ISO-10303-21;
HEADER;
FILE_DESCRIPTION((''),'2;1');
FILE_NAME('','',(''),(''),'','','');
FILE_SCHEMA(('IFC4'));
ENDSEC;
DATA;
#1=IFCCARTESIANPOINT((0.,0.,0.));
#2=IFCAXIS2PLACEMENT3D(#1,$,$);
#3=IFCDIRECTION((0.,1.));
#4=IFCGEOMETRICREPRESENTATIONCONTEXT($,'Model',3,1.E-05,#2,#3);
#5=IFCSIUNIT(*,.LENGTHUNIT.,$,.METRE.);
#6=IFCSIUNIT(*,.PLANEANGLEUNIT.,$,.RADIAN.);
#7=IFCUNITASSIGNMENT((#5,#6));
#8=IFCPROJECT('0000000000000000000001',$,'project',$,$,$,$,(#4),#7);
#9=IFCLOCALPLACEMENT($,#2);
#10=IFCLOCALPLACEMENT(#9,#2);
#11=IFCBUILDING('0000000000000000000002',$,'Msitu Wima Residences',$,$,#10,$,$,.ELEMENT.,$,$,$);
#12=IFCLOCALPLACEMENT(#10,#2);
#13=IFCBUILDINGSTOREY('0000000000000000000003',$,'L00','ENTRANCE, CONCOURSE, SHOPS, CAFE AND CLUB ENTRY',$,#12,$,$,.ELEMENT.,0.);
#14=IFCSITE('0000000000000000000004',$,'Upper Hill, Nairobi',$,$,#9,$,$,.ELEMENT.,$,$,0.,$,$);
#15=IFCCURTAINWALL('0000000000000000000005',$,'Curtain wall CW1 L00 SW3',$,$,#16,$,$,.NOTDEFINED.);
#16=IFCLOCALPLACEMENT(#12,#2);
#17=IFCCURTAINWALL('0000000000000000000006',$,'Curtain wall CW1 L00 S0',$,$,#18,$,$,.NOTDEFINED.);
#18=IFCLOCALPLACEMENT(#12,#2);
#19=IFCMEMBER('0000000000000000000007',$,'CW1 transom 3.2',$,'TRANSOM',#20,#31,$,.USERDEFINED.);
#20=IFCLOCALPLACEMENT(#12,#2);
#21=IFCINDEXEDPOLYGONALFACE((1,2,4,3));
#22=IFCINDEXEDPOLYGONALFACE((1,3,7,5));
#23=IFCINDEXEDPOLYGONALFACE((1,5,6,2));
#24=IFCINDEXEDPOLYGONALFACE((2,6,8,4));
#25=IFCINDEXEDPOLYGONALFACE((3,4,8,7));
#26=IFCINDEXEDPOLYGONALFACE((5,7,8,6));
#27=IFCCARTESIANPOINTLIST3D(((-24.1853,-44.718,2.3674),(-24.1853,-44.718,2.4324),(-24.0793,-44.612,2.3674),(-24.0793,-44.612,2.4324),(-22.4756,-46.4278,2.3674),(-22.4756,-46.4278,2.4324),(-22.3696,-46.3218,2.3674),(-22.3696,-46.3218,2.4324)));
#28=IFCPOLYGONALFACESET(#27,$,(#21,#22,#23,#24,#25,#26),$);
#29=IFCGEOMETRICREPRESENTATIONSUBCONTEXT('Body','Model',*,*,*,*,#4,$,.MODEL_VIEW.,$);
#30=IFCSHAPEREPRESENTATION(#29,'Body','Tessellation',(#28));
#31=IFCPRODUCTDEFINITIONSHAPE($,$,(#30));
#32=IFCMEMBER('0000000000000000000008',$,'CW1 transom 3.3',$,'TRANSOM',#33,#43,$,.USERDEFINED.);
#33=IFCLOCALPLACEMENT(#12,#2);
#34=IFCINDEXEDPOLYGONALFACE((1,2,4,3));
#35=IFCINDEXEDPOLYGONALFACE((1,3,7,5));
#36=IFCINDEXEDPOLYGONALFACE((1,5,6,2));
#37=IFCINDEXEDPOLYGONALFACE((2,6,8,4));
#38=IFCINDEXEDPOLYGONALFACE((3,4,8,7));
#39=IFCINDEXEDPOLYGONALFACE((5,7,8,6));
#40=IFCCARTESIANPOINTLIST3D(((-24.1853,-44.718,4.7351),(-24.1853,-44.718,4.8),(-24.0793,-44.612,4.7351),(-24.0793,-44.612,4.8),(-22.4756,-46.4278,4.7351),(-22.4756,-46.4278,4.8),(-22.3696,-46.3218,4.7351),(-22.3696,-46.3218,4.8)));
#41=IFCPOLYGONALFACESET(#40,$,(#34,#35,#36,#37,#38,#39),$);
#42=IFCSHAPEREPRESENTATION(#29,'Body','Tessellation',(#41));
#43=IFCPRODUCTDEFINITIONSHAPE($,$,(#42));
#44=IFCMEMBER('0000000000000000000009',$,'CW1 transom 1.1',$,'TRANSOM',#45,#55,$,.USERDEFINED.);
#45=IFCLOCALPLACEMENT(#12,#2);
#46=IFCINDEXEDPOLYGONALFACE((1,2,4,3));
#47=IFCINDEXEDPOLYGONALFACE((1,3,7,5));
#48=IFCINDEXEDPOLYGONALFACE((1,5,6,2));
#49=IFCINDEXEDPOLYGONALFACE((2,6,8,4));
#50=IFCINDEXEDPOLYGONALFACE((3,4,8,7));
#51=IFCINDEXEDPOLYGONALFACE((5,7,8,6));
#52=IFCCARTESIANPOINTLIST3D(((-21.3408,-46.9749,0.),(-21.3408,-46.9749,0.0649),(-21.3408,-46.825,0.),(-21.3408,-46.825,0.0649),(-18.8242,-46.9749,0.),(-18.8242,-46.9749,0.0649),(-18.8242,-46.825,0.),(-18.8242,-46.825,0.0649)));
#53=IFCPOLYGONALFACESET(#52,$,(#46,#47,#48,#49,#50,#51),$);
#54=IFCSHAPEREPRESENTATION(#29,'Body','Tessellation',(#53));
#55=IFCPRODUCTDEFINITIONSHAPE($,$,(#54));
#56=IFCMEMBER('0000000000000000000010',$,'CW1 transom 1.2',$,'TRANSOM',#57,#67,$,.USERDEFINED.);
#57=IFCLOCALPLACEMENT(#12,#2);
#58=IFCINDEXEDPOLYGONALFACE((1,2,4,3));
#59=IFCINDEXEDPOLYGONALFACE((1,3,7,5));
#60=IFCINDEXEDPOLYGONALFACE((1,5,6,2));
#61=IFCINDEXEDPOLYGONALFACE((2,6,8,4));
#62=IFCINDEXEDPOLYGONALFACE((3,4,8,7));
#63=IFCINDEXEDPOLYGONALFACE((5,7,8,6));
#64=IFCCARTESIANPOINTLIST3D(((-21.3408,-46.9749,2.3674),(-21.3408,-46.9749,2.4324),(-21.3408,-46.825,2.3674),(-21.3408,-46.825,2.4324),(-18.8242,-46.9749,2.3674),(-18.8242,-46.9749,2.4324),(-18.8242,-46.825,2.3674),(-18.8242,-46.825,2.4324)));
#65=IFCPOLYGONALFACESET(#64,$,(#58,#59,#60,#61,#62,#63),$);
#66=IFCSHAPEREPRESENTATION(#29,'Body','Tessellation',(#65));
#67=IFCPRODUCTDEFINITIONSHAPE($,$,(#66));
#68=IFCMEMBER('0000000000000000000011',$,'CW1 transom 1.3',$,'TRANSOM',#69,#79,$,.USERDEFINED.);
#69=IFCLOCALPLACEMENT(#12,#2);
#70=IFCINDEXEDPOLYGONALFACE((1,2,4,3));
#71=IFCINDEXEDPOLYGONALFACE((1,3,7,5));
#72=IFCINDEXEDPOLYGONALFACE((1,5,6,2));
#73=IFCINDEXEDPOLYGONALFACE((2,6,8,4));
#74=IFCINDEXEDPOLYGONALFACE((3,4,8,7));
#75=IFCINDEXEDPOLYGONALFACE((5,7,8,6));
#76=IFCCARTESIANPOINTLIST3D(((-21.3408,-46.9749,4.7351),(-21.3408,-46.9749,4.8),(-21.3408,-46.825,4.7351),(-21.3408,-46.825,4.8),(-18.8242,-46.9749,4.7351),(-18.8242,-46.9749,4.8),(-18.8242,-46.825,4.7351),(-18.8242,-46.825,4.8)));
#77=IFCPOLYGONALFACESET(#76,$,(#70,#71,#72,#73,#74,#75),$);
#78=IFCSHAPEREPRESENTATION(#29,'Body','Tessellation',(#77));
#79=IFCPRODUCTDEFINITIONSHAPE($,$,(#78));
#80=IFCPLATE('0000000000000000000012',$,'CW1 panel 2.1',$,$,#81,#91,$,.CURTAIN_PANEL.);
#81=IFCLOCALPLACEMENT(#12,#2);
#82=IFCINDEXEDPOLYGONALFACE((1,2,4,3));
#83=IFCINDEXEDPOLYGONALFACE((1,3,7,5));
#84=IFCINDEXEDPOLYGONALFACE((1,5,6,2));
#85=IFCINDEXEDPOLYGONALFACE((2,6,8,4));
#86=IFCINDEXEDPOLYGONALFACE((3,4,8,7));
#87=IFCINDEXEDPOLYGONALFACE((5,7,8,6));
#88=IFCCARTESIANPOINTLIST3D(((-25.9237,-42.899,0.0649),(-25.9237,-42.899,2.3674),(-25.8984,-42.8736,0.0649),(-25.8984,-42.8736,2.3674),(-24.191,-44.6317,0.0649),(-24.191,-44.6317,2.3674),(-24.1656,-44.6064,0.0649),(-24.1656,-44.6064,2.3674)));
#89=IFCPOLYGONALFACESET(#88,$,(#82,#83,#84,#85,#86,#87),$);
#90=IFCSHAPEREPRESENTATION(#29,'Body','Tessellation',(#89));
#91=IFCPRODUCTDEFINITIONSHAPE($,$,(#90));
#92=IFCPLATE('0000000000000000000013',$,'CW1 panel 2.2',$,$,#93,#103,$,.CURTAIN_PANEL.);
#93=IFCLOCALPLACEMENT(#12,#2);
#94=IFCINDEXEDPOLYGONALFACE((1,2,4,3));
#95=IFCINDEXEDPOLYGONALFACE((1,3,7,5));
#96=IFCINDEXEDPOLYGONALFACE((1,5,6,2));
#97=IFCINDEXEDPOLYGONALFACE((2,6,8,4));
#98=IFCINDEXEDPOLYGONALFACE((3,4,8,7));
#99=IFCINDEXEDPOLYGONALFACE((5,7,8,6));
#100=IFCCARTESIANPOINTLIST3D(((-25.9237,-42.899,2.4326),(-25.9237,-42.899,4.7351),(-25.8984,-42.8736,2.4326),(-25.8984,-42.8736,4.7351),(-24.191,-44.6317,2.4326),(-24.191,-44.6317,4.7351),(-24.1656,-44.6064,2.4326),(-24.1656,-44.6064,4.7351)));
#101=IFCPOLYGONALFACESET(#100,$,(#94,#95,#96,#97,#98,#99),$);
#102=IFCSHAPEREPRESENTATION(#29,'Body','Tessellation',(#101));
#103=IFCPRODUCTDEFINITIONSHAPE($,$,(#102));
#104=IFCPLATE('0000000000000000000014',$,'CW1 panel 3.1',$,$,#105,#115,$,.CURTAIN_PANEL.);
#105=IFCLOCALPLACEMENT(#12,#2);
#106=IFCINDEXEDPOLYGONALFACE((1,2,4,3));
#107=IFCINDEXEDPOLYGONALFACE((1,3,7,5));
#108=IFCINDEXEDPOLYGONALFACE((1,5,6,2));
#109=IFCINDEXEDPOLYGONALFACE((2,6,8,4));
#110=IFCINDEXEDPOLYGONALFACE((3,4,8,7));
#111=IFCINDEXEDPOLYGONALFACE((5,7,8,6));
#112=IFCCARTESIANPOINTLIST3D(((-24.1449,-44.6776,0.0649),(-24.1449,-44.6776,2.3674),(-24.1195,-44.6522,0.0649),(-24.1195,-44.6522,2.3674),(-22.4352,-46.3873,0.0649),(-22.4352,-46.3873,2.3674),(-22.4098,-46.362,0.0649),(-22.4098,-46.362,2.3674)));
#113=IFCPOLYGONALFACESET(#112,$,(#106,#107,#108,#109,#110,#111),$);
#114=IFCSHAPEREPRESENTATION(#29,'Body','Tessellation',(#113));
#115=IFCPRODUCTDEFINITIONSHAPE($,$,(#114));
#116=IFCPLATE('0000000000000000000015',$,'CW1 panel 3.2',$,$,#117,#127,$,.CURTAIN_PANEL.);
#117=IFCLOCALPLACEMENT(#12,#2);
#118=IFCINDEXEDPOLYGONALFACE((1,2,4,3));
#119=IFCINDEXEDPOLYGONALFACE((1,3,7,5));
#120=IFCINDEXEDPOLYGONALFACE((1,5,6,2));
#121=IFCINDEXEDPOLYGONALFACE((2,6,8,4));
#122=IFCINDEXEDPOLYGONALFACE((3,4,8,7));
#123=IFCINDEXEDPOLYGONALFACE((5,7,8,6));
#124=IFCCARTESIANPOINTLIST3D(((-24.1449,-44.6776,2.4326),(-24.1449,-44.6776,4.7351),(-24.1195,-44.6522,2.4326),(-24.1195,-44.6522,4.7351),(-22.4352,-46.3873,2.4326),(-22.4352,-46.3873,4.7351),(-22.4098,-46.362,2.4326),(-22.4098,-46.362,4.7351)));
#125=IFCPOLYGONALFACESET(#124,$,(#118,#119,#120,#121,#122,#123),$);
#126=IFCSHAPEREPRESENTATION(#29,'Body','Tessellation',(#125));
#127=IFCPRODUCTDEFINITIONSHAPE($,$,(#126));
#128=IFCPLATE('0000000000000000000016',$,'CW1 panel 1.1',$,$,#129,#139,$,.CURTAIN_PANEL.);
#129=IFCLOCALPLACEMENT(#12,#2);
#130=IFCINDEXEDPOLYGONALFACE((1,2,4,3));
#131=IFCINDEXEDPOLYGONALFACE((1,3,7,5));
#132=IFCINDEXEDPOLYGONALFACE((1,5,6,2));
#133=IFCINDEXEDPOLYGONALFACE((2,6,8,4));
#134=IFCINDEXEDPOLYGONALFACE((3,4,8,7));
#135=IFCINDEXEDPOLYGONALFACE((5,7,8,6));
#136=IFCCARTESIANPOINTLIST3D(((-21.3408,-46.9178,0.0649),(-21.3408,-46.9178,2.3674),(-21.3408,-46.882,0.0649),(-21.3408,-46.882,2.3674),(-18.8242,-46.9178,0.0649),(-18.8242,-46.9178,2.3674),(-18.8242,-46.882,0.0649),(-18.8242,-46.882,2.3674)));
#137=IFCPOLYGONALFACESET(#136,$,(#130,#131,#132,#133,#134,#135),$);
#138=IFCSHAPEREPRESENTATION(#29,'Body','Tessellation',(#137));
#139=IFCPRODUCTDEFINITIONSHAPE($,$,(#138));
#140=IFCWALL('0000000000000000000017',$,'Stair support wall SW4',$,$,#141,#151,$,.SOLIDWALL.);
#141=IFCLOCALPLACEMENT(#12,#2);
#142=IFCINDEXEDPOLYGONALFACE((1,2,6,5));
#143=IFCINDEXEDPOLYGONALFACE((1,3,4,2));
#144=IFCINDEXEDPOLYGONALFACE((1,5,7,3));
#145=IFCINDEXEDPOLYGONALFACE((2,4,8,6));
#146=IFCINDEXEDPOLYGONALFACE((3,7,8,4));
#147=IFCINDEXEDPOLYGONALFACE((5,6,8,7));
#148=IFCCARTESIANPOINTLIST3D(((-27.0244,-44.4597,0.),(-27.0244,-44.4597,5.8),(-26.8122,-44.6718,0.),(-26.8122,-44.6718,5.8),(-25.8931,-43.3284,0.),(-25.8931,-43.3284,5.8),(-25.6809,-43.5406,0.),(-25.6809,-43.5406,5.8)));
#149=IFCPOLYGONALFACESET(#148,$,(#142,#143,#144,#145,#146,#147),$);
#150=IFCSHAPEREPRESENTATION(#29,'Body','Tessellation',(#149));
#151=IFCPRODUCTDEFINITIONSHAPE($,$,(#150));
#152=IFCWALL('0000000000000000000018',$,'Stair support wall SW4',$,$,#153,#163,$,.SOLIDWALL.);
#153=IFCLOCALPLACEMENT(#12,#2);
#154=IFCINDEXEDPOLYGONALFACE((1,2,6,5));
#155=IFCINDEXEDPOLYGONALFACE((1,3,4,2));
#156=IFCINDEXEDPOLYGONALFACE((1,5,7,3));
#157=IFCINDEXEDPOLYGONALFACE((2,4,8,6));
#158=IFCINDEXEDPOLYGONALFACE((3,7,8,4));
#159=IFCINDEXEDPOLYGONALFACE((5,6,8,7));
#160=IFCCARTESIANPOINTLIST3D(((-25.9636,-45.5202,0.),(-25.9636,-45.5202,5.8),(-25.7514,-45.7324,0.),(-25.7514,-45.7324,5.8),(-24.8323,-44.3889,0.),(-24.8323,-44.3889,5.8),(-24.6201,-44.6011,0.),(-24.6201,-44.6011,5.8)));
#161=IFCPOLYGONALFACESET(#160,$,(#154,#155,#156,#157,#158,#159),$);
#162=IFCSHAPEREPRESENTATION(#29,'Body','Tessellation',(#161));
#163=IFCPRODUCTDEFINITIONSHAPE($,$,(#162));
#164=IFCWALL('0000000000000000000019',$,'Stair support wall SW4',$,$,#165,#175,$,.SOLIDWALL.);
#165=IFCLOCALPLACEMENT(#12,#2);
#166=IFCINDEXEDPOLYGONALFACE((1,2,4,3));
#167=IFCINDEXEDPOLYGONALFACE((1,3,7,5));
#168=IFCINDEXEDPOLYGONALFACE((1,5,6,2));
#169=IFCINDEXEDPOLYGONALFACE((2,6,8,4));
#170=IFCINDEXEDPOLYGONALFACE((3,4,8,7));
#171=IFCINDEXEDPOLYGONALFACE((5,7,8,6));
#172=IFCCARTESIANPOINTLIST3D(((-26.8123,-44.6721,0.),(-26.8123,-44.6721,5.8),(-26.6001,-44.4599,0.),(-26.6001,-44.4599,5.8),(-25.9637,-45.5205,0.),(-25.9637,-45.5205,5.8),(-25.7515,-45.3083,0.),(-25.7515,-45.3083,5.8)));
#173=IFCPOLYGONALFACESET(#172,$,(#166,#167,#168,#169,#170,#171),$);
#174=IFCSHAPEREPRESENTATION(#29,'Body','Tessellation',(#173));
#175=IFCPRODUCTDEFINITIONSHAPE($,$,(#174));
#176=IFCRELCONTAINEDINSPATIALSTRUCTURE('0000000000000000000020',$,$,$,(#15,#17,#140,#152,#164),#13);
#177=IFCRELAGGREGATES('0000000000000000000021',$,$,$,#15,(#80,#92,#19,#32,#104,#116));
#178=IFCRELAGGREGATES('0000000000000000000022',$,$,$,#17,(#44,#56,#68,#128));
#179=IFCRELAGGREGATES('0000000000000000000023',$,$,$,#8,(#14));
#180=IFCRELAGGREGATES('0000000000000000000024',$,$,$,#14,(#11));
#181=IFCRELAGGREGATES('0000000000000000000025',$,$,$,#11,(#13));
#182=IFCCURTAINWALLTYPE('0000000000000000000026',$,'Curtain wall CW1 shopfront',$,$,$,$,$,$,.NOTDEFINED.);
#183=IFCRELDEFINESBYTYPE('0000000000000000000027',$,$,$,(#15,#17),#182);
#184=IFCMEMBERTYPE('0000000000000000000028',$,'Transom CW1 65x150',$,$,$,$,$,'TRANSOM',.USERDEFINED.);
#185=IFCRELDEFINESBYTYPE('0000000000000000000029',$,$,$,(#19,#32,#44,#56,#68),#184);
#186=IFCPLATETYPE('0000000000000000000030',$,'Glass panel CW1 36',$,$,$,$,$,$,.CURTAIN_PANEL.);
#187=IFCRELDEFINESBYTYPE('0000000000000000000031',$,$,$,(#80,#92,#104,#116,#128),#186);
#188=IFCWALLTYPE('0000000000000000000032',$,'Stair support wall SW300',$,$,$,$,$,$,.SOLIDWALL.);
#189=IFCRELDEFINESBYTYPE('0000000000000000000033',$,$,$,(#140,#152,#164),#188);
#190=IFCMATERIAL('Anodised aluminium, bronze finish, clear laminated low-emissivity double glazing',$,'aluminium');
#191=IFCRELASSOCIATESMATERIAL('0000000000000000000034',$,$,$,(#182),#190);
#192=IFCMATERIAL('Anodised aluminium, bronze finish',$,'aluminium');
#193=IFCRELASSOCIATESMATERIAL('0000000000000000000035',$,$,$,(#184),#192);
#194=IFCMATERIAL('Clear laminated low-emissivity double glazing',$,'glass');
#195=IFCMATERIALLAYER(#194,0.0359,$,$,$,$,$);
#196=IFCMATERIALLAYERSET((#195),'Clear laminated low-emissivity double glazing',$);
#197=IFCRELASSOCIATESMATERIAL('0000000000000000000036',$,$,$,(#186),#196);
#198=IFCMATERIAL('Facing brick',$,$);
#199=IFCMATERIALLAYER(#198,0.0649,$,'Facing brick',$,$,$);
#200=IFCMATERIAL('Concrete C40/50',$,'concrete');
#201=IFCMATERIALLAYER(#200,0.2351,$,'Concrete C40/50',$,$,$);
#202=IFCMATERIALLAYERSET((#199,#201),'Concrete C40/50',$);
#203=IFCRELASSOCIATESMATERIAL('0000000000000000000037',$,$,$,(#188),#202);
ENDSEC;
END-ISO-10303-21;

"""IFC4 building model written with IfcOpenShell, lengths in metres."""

from ifc_helpers import new_model, si_unit, direction, frame, frame_2d, origin, origin_2d, place, context, subcontext, project, spatial, rectangle, extrude, material, layer, layer_set, material_profile, profile_set, type_object, element, aggregate, save


model = new_model("IFC4")

# Units and contexts
model_context = context("Model", 3, precision=1e-05, world=origin(), true_north=direction((0.0, 1.0)))
body_context = subcontext(model_context, "Body", "Model", "MODEL_VIEW")
ifc_project = project(units=[si_unit("LENGTHUNIT", "METRE"), si_unit("PLANEANGLEUNIT", "RADIAN")], contexts=[model_context])

# Site, building, storey
site_placement = place(None, origin())
site = spatial("IfcSite", under=ifc_project, at=site_placement, Name="Upper Hill, Nairobi", CompositionType="ELEMENT", RefElevation=0.0)
building_placement = place(site_placement, origin())
building = spatial("IfcBuilding", under=site, at=building_placement, Name="Msitu Wima Residences", CompositionType="ELEMENT")
storey_placement = place(building_placement, origin())
storey = spatial("IfcBuildingStorey", under=building, at=storey_placement, Name="L00", Description="ENTRANCE, CONCOURSE, SHOPS, CAFE AND CLUB ENTRY", CompositionType="ELEMENT", Elevation=0.0)

# Curtain wall
ifc_material_1 = material(Name="Anodised aluminium, bronze finish, clear laminated low-emissivity double glazing", Category="aluminium")
curtain_wall_type = type_object("IfcCurtainWallType", Name="Curtain wall CW1 shopfront", PredefinedType="NOTDEFINED", material=ifc_material_1)
curtain_wall_1_placement = place(storey_placement, origin())
curtain_wall_1 = element("IfcCurtainWall", 1, at=curtain_wall_1_placement, inside=storey, type_object=curtain_wall_type, Name="Curtain wall CW1 L00 SW3", PredefinedType="NOTDEFINED")
ifc_material_2 = material(Name="Anodised aluminium, bronze finish", Category="aluminium")

# Curtain wall
curtain_wall_2_placement = place(storey_placement, origin())
curtain_wall_2 = element("IfcCurtainWall", 2, at=curtain_wall_2_placement, inside=storey, type_object=curtain_wall_type, Name="Curtain wall CW1 L00 S0", PredefinedType="NOTDEFINED")

# Members
ifc_material_profile_1 = material_profile(ifc_material_2, rectangle(XDim=0.1499, YDim=0.0649, at=origin_2d()), Name="Transom 65x150")
ifc_profile_set_1 = profile_set([ifc_material_profile_1], Name="Anodised aluminium, bronze finish")
member_type_1 = type_object("IfcMemberType", Name="Transom CW1 65x150", ElementType="TRANSOM", PredefinedType="USERDEFINED", material=ifc_profile_set_1)
member_1_placement = place(storey_placement, frame((-24.1323, -44.665, 2.3999), z_axis=(0.707107, -0.707107, 0.0), x_axis=(0.707107, 0.707107, 0.0)))
member_1 = element("IfcMember", 3, at=member_1_placement, type_object=member_type_1, Name="CW1 transom 3.2", ObjectType="TRANSOM", PredefinedType="USERDEFINED", context=body_context, shape_type="SweptSolid", body=[
    extrude(rectangle(XDim=0.1499, YDim=0.0649, at=origin_2d()), origin(), (0.0, 0.0, 1.0), 2.418),
])
member_2_placement = place(storey_placement, frame((-24.1323, -44.665, 4.7676), z_axis=(0.707107, -0.707107, 0.0), x_axis=(0.707107, 0.707107, 0.0)))
member_2 = element("IfcMember", 4, at=member_2_placement, type_object=member_type_1, Name="CW1 transom 3.3", ObjectType="TRANSOM", PredefinedType="USERDEFINED", context=body_context, shape_type="SweptSolid", body=[
    extrude(rectangle(XDim=0.1499, YDim=0.0649, at=origin_2d()), origin(), (0.0, 0.0, 1.0), 2.418),
])
member_3_placement = place(storey_placement, frame((-21.3408, -46.8999, 0.0325), z_axis=(1.0, 0.0, 0.0), x_axis=(0.0, 1.0, 0.0)))
member_3 = element("IfcMember", 5, at=member_3_placement, type_object=member_type_1, Name="CW1 transom 1.1", ObjectType="TRANSOM", PredefinedType="USERDEFINED", context=body_context, shape_type="SweptSolid", body=[
    extrude(rectangle(XDim=0.1499, YDim=0.0649, at=origin_2d()), origin(), (0.0, 0.0, 1.0), 2.5166),
])
member_4_placement = place(storey_placement, frame((-21.3408, -46.8999, 2.3999), z_axis=(1.0, 0.0, 0.0), x_axis=(0.0, 1.0, 0.0)))
member_4 = element("IfcMember", 6, at=member_4_placement, type_object=member_type_1, Name="CW1 transom 1.2", ObjectType="TRANSOM", PredefinedType="USERDEFINED", context=body_context, shape_type="SweptSolid", body=[
    extrude(rectangle(XDim=0.1499, YDim=0.0649, at=origin_2d()), origin(), (0.0, 0.0, 1.0), 2.5166),
])
member_5_placement = place(storey_placement, frame((-21.3408, -46.8999, 4.7676), z_axis=(1.0, 0.0, 0.0), x_axis=(0.0, 1.0, 0.0)))
member_5 = element("IfcMember", 7, at=member_5_placement, type_object=member_type_1, Name="CW1 transom 1.3", ObjectType="TRANSOM", PredefinedType="USERDEFINED", context=body_context, shape_type="SweptSolid", body=[
    extrude(rectangle(XDim=0.1499, YDim=0.0649, at=origin_2d()), origin(), (0.0, 0.0, 1.0), 2.5166),
])

# Plates
ifc_material_3 = material(Name="Clear laminated low-emissivity double glazing", Category="glass")
ifc_layer_1 = layer(ifc_material_3, 0.0359)
ifc_layer_set_1 = layer_set([ifc_layer_1], Name="Clear laminated low-emissivity double glazing")
plate_type = type_object("IfcPlateType", Name="Glass panel CW1 36", PredefinedType="CURTAIN_PANEL", material=ifc_layer_set_1)
plate_1_placement = place(storey_placement, frame((-25.0447, -43.7527, 0.0649), z_axis=(0.0, 0.0, 1.0), x_axis=(0.707107, -0.707107, 0.0)))
plate_1 = element("IfcPlate", 8, at=plate_1_placement, type_object=plate_type, Name="CW1 panel 2.1", PredefinedType="CURTAIN_PANEL", context=body_context, shape_type="SweptSolid", body=[
    extrude(rectangle(XDim=2.4504, YDim=0.0359, at=origin_2d()), origin(), (0.0, 0.0, 1.0), 2.3025),
])
plate_2_placement = place(storey_placement, frame((-25.0447, -43.7527, 2.4326), z_axis=(0.0, 0.0, 1.0), x_axis=(0.707107, -0.707107, 0.0)))
plate_2 = element("IfcPlate", 9, at=plate_2_placement, type_object=plate_type, Name="CW1 panel 2.2", PredefinedType="CURTAIN_PANEL", context=body_context, shape_type="SweptSolid", body=[
    extrude(rectangle(XDim=2.4504, YDim=0.0359, at=origin_2d()), origin(), (0.0, 0.0, 1.0), 2.3025),
])
plate_3_placement = place(storey_placement, frame((-23.2773, -45.5198, 0.0649), z_axis=(0.0, 0.0, 1.0), x_axis=(0.707107, -0.707107, 0.0)))
plate_3 = element("IfcPlate", 10, at=plate_3_placement, type_object=plate_type, Name="CW1 panel 3.1", PredefinedType="CURTAIN_PANEL", context=body_context, shape_type="SweptSolid", body=[
    extrude(rectangle(XDim=2.418, YDim=0.0359, at=origin_2d()), origin(), (0.0, 0.0, 1.0), 2.3025),
])
plate_4_placement = place(storey_placement, frame((-23.2773, -45.5198, 2.4326), z_axis=(0.0, 0.0, 1.0), x_axis=(0.707107, -0.707107, 0.0)))
plate_4 = element("IfcPlate", 11, at=plate_4_placement, type_object=plate_type, Name="CW1 panel 3.2", PredefinedType="CURTAIN_PANEL", context=body_context, shape_type="SweptSolid", body=[
    extrude(rectangle(XDim=2.418, YDim=0.0359, at=origin_2d()), origin(), (0.0, 0.0, 1.0), 2.3025),
])
aggregate(curtain_wall_1, [plate_1, plate_2, member_1, member_2, plate_3, plate_4])
plate_5_placement = place(storey_placement, frame((-20.0825, -46.8999, 0.0649), z_axis=(0.0, 0.0, 1.0), x_axis=(1.0, 0.0, 0.0)))
plate_5 = element("IfcPlate", 12, at=plate_5_placement, type_object=plate_type, Name="CW1 panel 1.1", PredefinedType="CURTAIN_PANEL", context=body_context, shape_type="SweptSolid", body=[
    extrude(rectangle(XDim=2.5166, YDim=0.0359, at=origin_2d()), origin(), (0.0, 0.0, 1.0), 2.3025),
])
aggregate(curtain_wall_2, [member_3, member_4, member_5, plate_5])

# Walls
ifc_material_4 = material(Name="Facing brick")
ifc_layer_2 = layer(ifc_material_4, 0.0649, Name="Facing brick")
ifc_material_5 = material(Name="Concrete C40/50", Category="concrete")
ifc_layer_3 = layer(ifc_material_5, 0.2351, Name="Concrete C40/50")
ifc_layer_set_2 = layer_set([ifc_layer_2, ifc_layer_3], Name="Concrete C40/50")
wall_type = type_object("IfcWallType", Name="Stair support wall SW300", PredefinedType="SOLIDWALL", material=ifc_layer_set_2)
for number, where, z_axis, x_axis, name in (
    (13, (-25.7871, -43.4346, 0.0), (0.0, 0.0, 1.0), (-0.707107, -0.707107, 0.0), "Stair support wall SW4"),
    (14, (-24.7263, -44.4951, 0.0), (0.0, 0.0, 1.0), (-0.707107, -0.707107, 0.0), "Stair support wall SW4"),
):
    element("IfcWall", number, at=place(storey_placement, frame(where, z_axis=z_axis, x_axis=x_axis)), inside=storey, type_object=wall_type, Name=name, PredefinedType="SOLIDWALL", context=body_context, shape_type="SweptSolid", body=[
        extrude(rectangle(XDim=1.5999, YDim=0.3, at=frame_2d((0.7998, 0.0))), origin(), (0.0, 0.0, 1.0), 5.8),
    ])
wall_placement = place(storey_placement, frame((-26.7063, -44.5659, 0.0), z_axis=(0.0, 0.0, 1.0), x_axis=(0.707209, -0.707005, 0.0)))
element("IfcWall", 15, at=wall_placement, inside=storey, type_object=wall_type, Name="Stair support wall SW4", PredefinedType="SOLIDWALL", context=body_context, shape_type="SweptSolid", body=[
    extrude(rectangle(XDim=1.2, YDim=0.3, at=frame_2d((0.6001, 0.0))), origin(), (0.0, 0.0, 1.0), 5.8),
])

save(model, "model.ifc")
